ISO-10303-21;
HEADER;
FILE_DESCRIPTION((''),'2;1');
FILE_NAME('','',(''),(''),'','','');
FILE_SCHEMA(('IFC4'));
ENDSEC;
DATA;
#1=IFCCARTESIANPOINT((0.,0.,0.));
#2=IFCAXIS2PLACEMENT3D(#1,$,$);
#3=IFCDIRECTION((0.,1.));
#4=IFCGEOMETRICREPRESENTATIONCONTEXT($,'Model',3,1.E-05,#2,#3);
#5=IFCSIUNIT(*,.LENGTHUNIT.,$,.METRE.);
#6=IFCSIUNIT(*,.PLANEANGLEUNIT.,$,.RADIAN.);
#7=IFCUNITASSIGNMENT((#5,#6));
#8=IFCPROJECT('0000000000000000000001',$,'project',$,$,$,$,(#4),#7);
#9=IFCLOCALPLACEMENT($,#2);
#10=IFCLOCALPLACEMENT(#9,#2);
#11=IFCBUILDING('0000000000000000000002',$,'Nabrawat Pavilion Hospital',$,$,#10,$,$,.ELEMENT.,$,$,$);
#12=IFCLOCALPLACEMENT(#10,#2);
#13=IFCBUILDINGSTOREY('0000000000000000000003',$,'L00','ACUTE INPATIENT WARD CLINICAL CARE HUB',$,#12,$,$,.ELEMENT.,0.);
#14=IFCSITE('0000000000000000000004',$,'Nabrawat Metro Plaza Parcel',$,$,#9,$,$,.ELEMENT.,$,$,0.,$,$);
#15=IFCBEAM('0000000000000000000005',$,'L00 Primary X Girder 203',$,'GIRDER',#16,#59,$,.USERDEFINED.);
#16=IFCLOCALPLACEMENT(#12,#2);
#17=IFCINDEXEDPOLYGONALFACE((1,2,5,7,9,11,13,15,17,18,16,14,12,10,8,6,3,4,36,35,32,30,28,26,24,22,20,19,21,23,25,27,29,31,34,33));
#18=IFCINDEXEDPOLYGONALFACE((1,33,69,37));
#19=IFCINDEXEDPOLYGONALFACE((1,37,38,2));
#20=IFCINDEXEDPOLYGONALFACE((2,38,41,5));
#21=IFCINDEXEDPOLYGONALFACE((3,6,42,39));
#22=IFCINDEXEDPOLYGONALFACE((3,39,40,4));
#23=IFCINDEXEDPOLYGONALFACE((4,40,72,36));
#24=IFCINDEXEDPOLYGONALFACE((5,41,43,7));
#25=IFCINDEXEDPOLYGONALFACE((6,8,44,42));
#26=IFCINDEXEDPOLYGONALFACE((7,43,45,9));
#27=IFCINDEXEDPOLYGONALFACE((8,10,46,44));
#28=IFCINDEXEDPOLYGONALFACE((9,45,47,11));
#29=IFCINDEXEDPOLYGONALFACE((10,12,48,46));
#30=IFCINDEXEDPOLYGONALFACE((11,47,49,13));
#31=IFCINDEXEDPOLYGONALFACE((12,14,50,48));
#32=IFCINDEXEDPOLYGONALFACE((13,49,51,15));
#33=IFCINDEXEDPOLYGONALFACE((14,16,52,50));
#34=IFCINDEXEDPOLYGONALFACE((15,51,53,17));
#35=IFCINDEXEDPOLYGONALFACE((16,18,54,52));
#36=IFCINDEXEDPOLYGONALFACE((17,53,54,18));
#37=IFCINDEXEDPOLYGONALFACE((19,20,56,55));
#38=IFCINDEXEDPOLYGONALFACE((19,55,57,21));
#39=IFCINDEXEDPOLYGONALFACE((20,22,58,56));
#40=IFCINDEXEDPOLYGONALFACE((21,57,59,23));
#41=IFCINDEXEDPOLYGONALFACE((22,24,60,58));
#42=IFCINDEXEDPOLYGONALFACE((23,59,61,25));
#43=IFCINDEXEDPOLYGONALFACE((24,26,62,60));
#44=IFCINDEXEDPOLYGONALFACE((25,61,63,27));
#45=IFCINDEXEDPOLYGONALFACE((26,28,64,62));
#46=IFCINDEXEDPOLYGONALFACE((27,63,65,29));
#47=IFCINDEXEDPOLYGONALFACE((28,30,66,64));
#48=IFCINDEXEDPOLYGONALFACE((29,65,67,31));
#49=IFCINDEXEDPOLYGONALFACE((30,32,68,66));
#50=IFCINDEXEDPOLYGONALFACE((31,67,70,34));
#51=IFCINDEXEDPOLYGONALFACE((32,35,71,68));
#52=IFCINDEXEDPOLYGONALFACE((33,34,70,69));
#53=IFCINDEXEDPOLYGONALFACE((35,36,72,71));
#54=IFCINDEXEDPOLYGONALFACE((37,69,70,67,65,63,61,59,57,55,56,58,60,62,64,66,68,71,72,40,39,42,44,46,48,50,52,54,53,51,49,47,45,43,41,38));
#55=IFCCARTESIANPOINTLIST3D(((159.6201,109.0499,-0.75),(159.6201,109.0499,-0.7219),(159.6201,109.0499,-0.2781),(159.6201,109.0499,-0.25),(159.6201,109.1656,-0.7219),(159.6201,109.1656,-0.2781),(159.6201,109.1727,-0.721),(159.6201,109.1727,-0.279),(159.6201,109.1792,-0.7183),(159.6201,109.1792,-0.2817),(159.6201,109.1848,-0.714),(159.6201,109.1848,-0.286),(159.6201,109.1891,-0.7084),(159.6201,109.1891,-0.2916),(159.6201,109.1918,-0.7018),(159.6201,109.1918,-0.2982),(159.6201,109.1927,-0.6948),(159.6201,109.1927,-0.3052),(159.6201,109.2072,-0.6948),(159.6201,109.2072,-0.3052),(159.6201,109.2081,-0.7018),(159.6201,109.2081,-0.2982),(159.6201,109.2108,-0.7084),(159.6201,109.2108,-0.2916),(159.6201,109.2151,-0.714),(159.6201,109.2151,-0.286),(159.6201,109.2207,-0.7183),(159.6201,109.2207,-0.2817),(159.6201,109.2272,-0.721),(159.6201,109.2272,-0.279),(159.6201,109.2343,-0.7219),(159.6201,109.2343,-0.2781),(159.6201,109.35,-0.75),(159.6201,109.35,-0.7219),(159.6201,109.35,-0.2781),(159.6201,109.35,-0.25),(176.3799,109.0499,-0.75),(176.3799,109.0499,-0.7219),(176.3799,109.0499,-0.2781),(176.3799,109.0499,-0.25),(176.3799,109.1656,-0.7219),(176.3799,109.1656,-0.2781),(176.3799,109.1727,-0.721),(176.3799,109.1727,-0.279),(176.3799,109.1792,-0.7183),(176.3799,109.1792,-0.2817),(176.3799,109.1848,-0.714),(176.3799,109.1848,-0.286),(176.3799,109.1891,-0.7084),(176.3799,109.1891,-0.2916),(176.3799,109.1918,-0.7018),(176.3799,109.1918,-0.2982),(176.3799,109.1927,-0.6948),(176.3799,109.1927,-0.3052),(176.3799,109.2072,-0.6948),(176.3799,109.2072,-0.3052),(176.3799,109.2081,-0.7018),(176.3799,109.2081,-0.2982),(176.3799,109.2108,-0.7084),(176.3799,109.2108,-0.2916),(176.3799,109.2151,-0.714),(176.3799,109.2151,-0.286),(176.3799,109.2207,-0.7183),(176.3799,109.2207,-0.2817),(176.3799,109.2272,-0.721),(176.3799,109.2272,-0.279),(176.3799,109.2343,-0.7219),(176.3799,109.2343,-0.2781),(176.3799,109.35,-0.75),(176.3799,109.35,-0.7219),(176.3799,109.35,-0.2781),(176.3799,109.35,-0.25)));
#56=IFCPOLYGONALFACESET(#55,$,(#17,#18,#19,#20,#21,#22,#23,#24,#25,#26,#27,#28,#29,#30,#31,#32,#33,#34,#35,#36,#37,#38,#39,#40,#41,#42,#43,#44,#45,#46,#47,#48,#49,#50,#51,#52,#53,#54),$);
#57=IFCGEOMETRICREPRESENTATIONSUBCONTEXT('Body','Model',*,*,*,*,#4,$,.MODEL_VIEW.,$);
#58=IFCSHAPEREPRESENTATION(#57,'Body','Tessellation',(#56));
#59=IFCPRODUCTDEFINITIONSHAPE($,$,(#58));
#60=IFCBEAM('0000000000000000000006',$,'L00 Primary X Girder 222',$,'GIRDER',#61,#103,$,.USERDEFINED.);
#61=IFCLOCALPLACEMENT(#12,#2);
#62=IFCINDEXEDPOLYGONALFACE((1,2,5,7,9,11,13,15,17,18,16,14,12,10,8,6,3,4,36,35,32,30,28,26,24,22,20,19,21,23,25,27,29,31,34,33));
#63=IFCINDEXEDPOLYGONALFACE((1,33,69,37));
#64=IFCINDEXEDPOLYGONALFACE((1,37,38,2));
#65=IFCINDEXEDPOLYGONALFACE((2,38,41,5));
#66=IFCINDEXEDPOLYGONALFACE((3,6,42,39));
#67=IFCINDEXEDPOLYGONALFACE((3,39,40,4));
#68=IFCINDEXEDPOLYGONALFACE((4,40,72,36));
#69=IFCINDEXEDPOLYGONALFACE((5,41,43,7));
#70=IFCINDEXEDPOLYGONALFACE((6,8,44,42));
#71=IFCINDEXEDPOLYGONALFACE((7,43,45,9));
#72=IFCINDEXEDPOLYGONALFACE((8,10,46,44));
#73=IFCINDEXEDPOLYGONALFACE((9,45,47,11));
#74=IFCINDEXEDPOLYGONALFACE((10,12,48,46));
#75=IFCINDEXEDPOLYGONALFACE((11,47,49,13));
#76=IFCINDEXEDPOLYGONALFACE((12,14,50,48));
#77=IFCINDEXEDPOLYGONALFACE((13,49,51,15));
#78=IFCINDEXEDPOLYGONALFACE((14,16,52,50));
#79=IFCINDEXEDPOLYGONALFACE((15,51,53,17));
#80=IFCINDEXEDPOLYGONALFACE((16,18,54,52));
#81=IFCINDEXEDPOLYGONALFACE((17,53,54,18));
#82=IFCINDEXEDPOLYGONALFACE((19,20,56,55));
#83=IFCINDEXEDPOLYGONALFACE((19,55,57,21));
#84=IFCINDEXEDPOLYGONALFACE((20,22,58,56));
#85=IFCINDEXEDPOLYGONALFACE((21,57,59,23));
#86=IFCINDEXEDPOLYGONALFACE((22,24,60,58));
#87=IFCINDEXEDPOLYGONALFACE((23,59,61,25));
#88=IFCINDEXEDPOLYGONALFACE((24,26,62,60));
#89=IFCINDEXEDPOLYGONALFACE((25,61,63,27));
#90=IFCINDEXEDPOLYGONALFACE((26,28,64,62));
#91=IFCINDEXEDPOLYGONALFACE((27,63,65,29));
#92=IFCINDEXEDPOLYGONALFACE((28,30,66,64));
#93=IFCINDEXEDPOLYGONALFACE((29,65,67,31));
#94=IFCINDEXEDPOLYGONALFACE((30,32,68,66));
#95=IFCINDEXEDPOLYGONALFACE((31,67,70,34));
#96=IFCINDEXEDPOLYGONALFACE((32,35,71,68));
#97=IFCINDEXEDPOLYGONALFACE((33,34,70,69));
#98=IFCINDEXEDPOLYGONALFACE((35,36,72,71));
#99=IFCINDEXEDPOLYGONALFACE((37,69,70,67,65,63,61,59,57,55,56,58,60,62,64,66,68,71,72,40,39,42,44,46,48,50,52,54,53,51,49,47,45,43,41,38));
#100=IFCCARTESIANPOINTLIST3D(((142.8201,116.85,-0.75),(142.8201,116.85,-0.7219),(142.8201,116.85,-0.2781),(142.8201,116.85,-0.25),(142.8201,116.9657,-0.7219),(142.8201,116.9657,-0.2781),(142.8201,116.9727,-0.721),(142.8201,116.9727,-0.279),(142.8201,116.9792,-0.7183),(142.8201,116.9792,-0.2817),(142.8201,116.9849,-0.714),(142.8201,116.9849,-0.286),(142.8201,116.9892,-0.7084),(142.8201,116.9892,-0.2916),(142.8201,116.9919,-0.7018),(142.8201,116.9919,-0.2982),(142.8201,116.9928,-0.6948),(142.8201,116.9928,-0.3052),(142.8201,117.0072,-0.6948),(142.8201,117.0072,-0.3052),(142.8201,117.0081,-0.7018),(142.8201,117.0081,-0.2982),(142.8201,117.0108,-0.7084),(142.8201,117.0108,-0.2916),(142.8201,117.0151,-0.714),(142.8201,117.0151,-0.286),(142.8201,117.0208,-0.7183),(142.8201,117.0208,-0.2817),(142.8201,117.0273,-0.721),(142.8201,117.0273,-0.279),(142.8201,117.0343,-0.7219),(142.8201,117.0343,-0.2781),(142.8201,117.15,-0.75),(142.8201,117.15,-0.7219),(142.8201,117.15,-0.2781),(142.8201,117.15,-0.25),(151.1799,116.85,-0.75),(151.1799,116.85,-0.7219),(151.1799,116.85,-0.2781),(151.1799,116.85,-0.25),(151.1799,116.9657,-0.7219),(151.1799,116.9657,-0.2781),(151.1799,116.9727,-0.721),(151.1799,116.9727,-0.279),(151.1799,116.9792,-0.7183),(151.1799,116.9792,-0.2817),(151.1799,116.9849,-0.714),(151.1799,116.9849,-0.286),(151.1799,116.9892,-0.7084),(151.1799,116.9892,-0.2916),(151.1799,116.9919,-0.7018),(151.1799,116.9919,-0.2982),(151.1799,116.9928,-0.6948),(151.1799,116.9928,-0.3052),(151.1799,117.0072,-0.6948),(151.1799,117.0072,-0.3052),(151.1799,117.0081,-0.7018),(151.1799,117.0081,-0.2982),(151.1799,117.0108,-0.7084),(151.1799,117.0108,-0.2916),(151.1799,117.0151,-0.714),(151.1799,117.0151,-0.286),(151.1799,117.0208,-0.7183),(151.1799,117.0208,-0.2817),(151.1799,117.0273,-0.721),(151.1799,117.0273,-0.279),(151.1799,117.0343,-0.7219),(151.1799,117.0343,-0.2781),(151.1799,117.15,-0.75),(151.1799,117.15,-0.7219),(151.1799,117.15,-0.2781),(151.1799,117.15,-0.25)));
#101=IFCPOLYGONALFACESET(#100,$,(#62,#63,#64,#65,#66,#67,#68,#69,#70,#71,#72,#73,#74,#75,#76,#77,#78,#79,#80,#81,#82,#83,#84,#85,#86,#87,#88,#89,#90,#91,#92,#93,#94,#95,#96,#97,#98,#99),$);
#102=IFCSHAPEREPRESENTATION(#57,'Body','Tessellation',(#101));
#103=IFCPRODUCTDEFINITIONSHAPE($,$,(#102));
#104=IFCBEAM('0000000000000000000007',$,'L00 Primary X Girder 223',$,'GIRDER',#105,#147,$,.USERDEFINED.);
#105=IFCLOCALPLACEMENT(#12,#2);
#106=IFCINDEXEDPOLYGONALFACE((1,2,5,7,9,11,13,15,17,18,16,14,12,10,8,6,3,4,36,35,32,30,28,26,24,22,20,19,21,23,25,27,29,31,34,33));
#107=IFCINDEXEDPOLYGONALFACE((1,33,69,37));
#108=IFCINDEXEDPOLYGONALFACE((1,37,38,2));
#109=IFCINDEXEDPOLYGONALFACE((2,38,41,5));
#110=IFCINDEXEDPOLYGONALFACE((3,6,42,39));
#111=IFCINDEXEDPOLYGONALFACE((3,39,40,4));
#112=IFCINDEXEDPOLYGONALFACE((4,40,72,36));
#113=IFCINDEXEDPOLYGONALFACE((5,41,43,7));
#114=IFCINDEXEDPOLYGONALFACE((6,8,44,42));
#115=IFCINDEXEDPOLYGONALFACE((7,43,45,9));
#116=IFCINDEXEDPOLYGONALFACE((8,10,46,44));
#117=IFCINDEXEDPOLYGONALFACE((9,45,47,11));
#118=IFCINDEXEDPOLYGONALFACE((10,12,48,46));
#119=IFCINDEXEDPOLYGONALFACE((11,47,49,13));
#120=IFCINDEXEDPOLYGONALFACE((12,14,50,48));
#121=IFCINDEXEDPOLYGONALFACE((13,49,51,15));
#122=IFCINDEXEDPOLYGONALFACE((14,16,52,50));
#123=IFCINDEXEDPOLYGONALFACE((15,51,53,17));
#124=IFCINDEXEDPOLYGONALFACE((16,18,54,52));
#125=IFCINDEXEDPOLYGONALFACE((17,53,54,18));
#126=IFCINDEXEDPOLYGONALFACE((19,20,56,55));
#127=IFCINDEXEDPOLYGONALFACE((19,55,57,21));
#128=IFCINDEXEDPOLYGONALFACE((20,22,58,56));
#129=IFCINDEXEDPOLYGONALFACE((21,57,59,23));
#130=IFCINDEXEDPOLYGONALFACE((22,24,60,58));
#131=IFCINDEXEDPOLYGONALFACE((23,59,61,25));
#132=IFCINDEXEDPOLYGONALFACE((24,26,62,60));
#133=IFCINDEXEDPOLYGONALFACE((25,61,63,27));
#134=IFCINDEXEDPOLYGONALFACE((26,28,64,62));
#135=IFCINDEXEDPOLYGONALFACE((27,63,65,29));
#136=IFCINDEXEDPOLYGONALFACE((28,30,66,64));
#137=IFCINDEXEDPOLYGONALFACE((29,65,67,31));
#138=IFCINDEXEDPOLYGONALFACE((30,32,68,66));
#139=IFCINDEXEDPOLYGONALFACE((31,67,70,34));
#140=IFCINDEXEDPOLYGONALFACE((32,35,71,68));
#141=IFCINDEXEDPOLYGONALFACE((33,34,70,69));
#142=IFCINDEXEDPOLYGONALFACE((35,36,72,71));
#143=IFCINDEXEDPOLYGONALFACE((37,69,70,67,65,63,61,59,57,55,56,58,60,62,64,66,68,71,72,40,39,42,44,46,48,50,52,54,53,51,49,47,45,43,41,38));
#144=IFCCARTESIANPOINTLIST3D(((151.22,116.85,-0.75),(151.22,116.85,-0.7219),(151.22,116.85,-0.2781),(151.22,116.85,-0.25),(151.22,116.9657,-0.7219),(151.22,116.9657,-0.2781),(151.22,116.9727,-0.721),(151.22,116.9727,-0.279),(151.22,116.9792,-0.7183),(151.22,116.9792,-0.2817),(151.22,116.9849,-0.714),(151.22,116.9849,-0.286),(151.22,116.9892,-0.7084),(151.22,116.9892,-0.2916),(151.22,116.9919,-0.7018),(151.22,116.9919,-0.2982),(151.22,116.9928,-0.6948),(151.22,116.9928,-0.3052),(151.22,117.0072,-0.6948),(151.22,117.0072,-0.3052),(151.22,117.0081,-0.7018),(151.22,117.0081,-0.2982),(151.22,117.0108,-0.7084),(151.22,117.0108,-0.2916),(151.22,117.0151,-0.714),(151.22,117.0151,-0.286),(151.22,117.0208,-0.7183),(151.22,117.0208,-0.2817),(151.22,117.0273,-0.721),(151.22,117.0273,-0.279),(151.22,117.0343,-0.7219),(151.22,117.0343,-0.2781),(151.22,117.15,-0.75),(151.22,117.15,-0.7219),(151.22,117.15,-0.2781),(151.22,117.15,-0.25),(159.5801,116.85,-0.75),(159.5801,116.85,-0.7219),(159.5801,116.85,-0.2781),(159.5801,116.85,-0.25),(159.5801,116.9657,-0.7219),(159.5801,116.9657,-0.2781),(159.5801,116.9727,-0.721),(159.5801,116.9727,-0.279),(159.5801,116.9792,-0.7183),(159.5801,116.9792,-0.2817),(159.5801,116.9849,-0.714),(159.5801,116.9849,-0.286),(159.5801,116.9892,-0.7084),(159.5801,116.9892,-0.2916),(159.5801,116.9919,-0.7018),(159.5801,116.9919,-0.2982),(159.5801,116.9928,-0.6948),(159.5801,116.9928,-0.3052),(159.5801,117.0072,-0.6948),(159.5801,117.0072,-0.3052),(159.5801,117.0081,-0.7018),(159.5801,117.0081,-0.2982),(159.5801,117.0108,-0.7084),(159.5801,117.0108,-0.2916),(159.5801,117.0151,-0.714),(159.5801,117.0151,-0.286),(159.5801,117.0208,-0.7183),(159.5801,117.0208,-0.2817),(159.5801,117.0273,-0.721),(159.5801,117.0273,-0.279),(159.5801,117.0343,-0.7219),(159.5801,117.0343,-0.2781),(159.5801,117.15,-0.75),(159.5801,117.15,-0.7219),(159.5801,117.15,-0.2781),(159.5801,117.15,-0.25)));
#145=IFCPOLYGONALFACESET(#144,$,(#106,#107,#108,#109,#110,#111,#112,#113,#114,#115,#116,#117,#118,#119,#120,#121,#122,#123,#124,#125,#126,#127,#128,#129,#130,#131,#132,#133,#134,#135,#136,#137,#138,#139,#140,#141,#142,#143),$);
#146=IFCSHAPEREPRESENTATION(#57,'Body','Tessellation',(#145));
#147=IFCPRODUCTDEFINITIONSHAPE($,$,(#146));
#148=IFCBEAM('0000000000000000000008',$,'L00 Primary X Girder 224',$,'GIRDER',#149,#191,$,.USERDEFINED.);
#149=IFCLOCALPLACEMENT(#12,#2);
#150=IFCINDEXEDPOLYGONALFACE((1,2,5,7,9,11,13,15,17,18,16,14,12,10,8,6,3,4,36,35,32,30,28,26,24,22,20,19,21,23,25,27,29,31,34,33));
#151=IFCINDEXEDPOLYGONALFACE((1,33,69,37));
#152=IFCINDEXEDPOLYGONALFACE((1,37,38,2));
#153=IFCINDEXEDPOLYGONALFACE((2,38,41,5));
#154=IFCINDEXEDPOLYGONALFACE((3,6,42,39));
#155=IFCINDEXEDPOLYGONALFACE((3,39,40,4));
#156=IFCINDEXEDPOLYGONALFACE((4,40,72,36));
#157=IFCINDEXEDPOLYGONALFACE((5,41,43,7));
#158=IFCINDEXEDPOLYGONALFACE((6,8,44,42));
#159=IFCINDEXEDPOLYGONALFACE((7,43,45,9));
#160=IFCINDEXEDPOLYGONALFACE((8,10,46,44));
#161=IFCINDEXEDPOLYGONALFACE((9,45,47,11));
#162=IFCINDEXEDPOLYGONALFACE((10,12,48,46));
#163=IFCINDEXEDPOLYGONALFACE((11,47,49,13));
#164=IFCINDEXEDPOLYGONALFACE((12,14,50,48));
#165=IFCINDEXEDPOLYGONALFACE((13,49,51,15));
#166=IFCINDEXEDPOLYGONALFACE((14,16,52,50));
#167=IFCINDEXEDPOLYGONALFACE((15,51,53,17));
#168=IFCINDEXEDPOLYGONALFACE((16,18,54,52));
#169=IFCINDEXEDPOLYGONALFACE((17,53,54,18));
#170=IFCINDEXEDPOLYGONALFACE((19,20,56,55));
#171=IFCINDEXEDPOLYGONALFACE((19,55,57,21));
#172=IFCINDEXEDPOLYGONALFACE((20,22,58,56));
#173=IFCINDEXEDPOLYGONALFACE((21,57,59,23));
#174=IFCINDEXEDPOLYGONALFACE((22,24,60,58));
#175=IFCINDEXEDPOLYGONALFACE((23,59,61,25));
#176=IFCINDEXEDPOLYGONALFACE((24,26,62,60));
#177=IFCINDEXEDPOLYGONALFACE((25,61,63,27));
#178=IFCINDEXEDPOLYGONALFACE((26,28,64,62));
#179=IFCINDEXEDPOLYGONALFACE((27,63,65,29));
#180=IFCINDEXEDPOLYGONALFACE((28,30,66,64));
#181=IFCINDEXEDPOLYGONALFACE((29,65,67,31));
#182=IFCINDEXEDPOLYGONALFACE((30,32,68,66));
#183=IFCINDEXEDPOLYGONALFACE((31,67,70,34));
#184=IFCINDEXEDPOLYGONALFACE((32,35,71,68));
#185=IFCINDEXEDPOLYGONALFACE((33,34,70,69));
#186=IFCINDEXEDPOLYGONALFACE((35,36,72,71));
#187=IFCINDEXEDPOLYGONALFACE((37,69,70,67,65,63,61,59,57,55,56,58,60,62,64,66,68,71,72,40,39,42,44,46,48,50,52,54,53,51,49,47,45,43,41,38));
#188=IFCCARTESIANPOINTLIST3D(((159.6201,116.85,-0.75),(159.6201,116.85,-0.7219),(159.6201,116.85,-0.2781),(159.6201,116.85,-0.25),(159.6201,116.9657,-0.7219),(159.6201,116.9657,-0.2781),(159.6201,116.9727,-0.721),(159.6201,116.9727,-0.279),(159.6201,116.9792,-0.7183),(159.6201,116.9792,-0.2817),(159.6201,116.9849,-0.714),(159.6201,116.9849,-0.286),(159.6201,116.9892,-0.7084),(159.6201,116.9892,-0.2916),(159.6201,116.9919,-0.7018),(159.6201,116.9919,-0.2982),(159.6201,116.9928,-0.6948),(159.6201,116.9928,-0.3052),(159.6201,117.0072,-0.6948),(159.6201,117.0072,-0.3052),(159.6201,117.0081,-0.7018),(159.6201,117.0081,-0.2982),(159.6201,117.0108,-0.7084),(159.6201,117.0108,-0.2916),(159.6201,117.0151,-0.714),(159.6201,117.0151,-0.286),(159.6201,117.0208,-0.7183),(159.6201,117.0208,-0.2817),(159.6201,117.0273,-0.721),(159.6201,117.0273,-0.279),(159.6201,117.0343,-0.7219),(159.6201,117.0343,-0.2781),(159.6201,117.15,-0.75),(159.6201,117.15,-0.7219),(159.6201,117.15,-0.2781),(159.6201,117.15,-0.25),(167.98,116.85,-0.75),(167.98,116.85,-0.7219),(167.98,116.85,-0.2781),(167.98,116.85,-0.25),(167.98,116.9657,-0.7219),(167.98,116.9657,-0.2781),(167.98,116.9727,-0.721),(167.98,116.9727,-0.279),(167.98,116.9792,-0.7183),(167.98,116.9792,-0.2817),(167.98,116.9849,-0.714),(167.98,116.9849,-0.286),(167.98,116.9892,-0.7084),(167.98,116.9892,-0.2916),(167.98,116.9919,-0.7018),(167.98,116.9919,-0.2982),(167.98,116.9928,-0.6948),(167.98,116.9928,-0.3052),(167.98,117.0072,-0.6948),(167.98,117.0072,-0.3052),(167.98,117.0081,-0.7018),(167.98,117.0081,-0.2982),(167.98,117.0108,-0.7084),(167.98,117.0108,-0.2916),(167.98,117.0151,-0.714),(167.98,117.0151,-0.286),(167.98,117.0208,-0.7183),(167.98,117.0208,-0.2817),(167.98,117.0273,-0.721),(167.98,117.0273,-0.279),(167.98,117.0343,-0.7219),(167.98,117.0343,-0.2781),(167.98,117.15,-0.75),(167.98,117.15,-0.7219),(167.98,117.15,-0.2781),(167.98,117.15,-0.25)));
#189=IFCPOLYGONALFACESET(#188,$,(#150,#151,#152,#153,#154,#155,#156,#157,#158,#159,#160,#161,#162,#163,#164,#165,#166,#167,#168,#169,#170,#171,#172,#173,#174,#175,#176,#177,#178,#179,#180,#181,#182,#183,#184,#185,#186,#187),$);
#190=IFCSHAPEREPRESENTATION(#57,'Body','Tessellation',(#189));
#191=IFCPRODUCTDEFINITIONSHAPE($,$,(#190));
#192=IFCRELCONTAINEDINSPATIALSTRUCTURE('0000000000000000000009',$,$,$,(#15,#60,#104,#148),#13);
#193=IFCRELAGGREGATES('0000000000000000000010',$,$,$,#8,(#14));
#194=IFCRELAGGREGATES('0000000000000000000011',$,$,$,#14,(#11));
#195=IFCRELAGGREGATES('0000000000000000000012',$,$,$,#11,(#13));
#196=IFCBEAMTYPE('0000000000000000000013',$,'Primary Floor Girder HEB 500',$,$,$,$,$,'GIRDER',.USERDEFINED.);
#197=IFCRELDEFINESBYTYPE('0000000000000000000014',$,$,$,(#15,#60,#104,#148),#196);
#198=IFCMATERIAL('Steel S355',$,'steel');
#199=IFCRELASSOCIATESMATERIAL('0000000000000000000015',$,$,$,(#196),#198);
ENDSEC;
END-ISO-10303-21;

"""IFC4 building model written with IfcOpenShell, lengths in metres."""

from ifc_helpers import new_model, si_unit, direction, frame, origin, origin_2d, place, context, subcontext, project, spatial, i_section, extrude, material, material_profile, profile_set, type_object, element, save


model = new_model("IFC4")

# Units and contexts
model_context = context("Model", 3, precision=1e-05, world=origin(), true_north=direction((0.0, 1.0)))
body_context = subcontext(model_context, "Body", "Model", "MODEL_VIEW")
ifc_project = project(units=[si_unit("LENGTHUNIT", "METRE"), si_unit("PLANEANGLEUNIT", "RADIAN")], contexts=[model_context])

# Site, building, storey
site_placement = place(None, origin())
site = spatial("IfcSite", under=ifc_project, at=site_placement, Name="Nabrawat Metro Plaza Parcel", CompositionType="ELEMENT", RefElevation=0.0)
building_placement = place(site_placement, origin())
building = spatial("IfcBuilding", under=site, at=building_placement, Name="Nabrawat Pavilion Hospital", CompositionType="ELEMENT")
storey_placement = place(building_placement, origin())
storey = spatial("IfcBuildingStorey", under=building, at=storey_placement, Name="L00", Description="ACUTE INPATIENT WARD CLINICAL CARE HUB", CompositionType="ELEMENT", Elevation=0.0)

# Beams
ifc_material_1 = material(Name="Steel S355", Category="steel")
ifc_material_profile_1 = material_profile(ifc_material_1, i_section(OverallWidth=0.3, OverallDepth=0.5, WebThickness=0.0144, FlangeThickness=0.0281, FilletRadius=0.0271, at=origin_2d()), Name="HEB 500")
ifc_profile_set_1 = profile_set([ifc_material_profile_1], Name="Steel S355")
beam_type_1 = type_object("IfcBeamType", Name="Primary Floor Girder HEB 500", ElementType="GIRDER", PredefinedType="USERDEFINED", material=ifc_profile_set_1)
beam_1_placement = place(storey_placement, frame((159.6201, 109.2, -0.5), z_axis=(1.0, 0.0, 0.0), x_axis=(0.0, 1.0, 0.0)))
element("IfcBeam", 1, at=beam_1_placement, inside=storey, type_object=beam_type_1, Name="L00 Primary X Girder 203", ObjectType="GIRDER", PredefinedType="USERDEFINED", context=body_context, shape_type="SweptSolid", body=[
    extrude(i_section(OverallWidth=0.3, OverallDepth=0.5, WebThickness=0.0144, FlangeThickness=0.0281, FilletRadius=0.0271, at=origin_2d()), origin(), (0.0, 0.0, 1.0), 16.7598),
])
beam_2_placement = place(storey_placement, frame((142.8201, 117.0, -0.5), z_axis=(1.0, 0.0, 0.0), x_axis=(0.0, 1.0, 0.0)))
element("IfcBeam", 2, at=beam_2_placement, inside=storey, type_object=beam_type_1, Name="L00 Primary X Girder 222", ObjectType="GIRDER", PredefinedType="USERDEFINED", context=body_context, shape_type="SweptSolid", body=[
    extrude(i_section(OverallWidth=0.3, OverallDepth=0.5, WebThickness=0.0144, FlangeThickness=0.0281, FilletRadius=0.0271, at=origin_2d()), origin(), (0.0, 0.0, 1.0), 8.3599),
])
beam_3_placement = place(storey_placement, frame((151.22, 117.0, -0.5), z_axis=(1.0, 0.0, 0.0), x_axis=(0.0, 1.0, 0.0)))
element("IfcBeam", 3, at=beam_3_placement, inside=storey, type_object=beam_type_1, Name="L00 Primary X Girder 223", ObjectType="GIRDER", PredefinedType="USERDEFINED", context=body_context, shape_type="SweptSolid", body=[
    extrude(i_section(OverallWidth=0.3, OverallDepth=0.5, WebThickness=0.0144, FlangeThickness=0.0281, FilletRadius=0.0271, at=origin_2d()), origin(), (0.0, 0.0, 1.0), 8.3601),
])
beam_4_placement = place(storey_placement, frame((159.6201, 117.0, -0.5), z_axis=(1.0, 0.0, 0.0), x_axis=(0.0, 1.0, 0.0)))
element("IfcBeam", 4, at=beam_4_placement, inside=storey, type_object=beam_type_1, Name="L00 Primary X Girder 224", ObjectType="GIRDER", PredefinedType="USERDEFINED", context=body_context, shape_type="SweptSolid", body=[
    extrude(i_section(OverallWidth=0.3, OverallDepth=0.5, WebThickness=0.0144, FlangeThickness=0.0281, FilletRadius=0.0271, at=origin_2d()), origin(), (0.0, 0.0, 1.0), 8.3599),
])

save(model, "model.ifc")
